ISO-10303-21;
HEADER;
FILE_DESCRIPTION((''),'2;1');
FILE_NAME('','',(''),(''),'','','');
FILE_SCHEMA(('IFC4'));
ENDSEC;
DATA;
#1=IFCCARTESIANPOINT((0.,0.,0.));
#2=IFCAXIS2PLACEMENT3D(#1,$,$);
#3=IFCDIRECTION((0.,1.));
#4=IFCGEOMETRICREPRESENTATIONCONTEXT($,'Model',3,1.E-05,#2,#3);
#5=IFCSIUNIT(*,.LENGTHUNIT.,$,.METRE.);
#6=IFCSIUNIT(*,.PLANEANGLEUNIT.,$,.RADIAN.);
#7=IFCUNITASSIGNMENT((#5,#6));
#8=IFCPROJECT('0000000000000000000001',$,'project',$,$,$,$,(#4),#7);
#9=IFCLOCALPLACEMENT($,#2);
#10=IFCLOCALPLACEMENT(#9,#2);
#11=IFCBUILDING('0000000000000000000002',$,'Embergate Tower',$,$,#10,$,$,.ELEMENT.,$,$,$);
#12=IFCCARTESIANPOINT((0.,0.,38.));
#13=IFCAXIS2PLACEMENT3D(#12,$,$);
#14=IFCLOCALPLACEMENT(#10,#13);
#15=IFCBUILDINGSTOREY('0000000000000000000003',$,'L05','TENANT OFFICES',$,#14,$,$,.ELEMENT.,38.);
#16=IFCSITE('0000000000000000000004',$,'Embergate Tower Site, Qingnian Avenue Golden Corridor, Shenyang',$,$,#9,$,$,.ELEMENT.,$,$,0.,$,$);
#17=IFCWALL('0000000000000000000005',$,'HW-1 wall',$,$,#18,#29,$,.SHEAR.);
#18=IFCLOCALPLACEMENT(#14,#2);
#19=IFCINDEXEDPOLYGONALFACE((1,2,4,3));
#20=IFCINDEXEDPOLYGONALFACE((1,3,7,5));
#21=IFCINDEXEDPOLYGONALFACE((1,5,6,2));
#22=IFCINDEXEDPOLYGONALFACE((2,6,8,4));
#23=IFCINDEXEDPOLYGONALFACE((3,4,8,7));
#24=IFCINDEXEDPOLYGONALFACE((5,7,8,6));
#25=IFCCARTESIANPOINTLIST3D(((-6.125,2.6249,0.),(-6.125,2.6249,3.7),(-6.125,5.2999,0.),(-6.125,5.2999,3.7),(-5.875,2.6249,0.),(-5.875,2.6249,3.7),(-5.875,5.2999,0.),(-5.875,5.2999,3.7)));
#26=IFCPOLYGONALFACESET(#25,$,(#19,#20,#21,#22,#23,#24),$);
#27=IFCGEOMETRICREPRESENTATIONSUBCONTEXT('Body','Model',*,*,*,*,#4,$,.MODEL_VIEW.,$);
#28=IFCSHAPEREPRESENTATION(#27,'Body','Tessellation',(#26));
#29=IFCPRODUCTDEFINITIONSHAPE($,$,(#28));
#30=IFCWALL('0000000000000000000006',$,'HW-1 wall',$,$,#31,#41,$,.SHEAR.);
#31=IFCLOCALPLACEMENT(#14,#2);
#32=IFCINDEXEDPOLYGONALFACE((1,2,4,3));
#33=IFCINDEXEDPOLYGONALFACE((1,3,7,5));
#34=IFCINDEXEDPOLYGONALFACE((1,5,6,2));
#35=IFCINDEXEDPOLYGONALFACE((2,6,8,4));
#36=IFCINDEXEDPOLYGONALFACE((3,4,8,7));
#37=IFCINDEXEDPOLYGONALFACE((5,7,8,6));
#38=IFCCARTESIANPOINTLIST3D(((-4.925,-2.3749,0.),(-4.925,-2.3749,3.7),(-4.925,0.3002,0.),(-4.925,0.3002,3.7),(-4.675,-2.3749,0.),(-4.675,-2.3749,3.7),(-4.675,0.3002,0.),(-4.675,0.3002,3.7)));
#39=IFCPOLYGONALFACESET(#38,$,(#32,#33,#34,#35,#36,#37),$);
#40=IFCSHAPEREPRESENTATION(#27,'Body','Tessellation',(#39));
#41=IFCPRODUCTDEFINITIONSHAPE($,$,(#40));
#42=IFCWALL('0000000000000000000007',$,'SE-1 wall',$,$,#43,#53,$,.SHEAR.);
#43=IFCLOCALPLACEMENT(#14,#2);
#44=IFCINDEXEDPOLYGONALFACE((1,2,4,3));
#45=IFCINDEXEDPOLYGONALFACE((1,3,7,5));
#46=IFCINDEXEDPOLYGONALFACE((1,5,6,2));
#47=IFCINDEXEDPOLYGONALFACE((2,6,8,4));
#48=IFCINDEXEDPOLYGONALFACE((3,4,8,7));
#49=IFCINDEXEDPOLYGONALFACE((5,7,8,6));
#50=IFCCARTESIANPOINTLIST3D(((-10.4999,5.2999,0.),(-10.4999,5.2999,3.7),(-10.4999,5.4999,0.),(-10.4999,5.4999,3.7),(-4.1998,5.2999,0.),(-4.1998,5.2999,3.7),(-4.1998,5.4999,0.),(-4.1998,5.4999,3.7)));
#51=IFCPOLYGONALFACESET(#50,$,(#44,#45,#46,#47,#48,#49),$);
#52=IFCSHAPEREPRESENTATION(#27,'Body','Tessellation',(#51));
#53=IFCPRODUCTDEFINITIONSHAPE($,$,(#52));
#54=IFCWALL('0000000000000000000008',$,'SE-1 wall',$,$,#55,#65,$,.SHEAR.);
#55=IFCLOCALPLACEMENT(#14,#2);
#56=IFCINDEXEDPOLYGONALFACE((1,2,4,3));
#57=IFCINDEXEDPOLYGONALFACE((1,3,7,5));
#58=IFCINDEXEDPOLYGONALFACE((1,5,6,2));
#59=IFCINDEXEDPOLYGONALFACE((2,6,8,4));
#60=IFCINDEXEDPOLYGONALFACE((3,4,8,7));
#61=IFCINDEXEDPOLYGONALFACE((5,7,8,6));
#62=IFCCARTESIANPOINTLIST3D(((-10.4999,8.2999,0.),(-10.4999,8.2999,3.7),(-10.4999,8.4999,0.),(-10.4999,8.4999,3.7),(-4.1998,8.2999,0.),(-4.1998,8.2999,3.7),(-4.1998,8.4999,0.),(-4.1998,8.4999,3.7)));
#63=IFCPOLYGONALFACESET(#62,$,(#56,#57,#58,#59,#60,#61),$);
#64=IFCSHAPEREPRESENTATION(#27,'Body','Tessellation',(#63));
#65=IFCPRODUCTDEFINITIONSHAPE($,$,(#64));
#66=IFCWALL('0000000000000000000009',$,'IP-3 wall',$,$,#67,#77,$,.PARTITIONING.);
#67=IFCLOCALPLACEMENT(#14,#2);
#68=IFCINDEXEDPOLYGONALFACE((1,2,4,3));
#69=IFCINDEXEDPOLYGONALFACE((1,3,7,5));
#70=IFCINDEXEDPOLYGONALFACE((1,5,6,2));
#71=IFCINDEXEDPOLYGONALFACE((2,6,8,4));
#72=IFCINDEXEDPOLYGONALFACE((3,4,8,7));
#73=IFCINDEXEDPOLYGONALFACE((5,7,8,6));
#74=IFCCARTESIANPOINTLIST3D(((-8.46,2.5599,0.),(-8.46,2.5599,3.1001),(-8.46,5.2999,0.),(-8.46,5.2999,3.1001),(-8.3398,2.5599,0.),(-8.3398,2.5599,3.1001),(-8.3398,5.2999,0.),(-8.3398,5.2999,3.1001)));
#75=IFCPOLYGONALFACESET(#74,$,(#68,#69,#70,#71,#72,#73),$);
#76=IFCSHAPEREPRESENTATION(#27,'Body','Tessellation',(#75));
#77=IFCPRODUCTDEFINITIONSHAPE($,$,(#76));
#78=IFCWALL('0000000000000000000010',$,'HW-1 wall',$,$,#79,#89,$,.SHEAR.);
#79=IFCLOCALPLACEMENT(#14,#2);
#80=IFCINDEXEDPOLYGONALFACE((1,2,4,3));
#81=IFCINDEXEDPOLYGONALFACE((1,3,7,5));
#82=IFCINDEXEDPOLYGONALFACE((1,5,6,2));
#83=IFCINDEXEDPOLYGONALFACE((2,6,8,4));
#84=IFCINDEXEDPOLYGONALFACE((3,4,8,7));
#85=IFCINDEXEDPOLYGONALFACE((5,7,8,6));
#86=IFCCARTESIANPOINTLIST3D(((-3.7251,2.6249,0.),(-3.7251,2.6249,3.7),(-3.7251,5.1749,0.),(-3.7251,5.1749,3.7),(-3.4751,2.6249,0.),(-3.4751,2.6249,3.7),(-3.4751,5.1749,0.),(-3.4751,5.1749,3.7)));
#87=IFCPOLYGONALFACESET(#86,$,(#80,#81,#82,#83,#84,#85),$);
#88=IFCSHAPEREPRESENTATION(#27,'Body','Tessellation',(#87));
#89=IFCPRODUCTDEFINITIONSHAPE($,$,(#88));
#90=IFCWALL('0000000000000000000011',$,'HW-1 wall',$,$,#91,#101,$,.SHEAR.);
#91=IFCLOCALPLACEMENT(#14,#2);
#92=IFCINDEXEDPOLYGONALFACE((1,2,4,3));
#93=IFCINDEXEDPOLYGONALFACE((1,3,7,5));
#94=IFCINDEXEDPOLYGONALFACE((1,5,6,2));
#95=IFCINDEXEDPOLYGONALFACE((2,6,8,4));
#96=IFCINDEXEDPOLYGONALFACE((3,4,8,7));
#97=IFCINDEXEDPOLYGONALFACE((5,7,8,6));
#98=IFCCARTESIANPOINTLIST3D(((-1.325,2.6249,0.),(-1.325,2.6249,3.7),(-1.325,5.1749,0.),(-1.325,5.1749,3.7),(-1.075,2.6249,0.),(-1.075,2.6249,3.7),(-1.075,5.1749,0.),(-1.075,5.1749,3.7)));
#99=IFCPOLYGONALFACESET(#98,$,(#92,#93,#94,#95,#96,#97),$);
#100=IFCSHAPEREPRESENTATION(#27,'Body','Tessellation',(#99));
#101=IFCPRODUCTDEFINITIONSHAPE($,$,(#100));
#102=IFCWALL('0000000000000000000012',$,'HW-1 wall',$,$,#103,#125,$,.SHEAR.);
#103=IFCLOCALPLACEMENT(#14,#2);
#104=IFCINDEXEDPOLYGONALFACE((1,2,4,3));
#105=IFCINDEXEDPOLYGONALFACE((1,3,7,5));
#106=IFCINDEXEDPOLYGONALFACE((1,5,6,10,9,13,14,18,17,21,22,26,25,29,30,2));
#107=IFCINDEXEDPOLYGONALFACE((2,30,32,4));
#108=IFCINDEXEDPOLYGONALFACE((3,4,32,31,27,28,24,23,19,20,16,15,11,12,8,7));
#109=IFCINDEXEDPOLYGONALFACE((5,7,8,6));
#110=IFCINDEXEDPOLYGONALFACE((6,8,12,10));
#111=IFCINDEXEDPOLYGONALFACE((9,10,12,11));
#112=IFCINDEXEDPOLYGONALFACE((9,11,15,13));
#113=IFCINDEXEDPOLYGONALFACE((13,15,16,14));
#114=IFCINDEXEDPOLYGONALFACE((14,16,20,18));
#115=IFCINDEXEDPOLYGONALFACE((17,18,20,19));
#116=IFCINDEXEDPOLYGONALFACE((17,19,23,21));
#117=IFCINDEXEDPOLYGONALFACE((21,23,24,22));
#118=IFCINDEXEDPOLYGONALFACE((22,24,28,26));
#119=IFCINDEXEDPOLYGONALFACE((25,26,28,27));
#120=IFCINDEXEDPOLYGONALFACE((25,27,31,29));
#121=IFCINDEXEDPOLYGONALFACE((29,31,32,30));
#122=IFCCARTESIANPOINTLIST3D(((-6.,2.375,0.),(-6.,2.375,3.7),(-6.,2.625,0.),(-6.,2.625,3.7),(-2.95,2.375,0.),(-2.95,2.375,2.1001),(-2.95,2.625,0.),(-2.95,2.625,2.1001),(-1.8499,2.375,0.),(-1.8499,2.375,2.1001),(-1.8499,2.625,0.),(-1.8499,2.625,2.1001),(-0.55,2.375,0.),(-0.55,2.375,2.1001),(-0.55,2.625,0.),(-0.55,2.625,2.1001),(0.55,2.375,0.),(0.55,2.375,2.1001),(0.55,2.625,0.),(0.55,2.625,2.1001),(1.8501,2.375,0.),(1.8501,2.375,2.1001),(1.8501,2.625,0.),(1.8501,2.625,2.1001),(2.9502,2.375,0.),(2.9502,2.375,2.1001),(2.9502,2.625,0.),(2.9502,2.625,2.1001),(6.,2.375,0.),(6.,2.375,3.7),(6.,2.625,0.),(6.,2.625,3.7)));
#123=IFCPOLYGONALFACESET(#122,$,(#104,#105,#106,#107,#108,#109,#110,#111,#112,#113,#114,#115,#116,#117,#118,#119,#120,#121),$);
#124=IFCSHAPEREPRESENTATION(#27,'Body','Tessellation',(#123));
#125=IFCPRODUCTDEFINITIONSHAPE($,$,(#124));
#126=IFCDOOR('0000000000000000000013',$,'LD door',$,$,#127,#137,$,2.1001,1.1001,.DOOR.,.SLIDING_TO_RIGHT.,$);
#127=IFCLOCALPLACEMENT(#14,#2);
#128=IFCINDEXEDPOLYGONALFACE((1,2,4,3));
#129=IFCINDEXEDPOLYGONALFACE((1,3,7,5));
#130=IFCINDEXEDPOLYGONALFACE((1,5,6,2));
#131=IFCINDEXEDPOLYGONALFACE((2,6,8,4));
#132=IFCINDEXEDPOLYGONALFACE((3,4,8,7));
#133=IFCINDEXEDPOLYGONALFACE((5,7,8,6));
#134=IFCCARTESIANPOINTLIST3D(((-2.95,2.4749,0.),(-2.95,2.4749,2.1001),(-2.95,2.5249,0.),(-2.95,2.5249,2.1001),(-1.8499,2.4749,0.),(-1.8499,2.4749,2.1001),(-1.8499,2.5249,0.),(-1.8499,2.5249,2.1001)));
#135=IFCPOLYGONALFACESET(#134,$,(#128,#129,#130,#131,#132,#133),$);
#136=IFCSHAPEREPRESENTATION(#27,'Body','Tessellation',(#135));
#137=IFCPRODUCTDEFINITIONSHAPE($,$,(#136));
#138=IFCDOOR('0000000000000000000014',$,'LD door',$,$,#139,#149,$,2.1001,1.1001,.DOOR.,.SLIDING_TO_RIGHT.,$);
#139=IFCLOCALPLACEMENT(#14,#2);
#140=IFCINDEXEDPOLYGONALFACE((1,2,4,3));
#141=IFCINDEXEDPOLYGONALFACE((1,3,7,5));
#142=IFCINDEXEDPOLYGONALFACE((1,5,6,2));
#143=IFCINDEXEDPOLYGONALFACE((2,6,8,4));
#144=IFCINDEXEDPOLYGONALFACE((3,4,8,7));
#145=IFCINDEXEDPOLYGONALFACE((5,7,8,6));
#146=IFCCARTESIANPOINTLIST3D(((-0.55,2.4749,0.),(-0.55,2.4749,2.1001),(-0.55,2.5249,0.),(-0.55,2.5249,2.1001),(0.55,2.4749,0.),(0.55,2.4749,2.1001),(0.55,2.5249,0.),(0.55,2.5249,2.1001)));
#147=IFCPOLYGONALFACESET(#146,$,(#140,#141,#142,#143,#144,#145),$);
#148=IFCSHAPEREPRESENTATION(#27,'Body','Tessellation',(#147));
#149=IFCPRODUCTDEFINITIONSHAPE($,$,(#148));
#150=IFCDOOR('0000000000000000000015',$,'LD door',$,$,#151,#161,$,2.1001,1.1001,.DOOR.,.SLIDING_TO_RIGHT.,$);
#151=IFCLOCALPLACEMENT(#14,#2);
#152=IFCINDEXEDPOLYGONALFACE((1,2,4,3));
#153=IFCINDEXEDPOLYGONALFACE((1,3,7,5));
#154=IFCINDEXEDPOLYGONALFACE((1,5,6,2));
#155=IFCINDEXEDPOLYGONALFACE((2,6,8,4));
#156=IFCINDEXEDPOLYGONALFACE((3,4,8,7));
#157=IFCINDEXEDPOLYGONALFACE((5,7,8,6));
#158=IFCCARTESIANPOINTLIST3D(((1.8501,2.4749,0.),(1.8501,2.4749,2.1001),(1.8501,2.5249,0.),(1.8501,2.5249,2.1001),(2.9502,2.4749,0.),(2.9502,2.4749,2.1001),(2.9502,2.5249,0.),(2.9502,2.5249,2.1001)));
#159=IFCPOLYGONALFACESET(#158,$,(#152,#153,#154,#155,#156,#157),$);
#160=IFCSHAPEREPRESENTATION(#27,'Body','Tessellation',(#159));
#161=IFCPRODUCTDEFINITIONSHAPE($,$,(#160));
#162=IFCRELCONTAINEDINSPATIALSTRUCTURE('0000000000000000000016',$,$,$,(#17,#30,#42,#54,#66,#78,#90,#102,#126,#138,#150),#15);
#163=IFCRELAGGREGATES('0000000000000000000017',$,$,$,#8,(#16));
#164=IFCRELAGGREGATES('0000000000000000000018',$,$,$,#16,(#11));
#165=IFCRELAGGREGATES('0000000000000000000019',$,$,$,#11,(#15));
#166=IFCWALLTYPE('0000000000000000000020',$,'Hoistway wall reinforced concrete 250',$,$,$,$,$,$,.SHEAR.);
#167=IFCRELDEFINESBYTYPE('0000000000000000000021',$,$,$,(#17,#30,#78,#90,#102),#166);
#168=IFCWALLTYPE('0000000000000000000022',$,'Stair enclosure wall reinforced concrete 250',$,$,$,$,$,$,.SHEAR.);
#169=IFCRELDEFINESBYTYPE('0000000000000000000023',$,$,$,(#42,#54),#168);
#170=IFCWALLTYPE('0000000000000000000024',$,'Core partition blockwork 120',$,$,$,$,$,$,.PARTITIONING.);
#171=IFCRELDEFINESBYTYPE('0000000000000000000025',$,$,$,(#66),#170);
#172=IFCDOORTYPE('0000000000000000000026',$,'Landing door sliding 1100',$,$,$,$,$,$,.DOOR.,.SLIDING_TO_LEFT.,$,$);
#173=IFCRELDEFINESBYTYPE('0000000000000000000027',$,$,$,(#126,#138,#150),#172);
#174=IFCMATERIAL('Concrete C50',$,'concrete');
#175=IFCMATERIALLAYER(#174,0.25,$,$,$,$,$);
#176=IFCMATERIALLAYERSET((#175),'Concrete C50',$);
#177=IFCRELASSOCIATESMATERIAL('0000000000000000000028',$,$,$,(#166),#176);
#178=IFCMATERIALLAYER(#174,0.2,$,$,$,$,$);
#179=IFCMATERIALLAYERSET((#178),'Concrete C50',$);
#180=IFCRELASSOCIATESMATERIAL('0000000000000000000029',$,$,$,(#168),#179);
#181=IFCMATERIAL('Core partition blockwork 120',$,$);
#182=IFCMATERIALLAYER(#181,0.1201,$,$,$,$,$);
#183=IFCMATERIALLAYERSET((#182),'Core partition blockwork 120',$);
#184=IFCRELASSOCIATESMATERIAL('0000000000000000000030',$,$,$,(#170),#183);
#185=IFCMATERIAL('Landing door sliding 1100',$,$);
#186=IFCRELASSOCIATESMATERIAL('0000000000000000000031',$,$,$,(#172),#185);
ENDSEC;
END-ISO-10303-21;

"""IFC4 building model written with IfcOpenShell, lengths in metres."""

from ifc_helpers import new_model, si_unit, direction, frame, frame_2d, origin, place, context, subcontext, project, spatial, rectangle, extrude, source, transform, mapped, material, layer, layer_set, type_object, element, fill, save


model = new_model("IFC4")

# Units and contexts
model_context = context("Model", 3, precision=1e-05, world=origin(), true_north=direction((0.0, 1.0)))
body_context = subcontext(model_context, "Body", "Model", "MODEL_VIEW")
ifc_project = project(units=[si_unit("LENGTHUNIT", "METRE"), si_unit("PLANEANGLEUNIT", "RADIAN")], contexts=[model_context])

# Site, building, storey
site_placement = place(None, origin())
site = spatial("IfcSite", under=ifc_project, at=site_placement, Name="Embergate Tower Site, Qingnian Avenue Golden Corridor, Shenyang", CompositionType="ELEMENT", RefElevation=0.0)
building_placement = place(site_placement, origin())
building = spatial("IfcBuilding", under=site, at=building_placement, Name="Embergate Tower", CompositionType="ELEMENT")
storey_placement = place(building_placement, frame((0.0, 0.0, 38.0)))
storey = spatial("IfcBuildingStorey", under=building, at=storey_placement, Name="L05", Description="TENANT OFFICES", CompositionType="ELEMENT", Elevation=38.0)

# Walls
ifc_material_1 = material(Name="Concrete C50", Category="concrete")
ifc_layer_1 = layer(ifc_material_1, 0.25)
ifc_layer_set_1 = layer_set([ifc_layer_1], Name="Concrete C50")
wall_type_1 = type_object("IfcWallType", Name="Hoistway wall reinforced concrete 250", PredefinedType="SHEAR", material=ifc_layer_set_1)
shared_shape_1 = source(origin(), body_context, "Body", "SweptSolid", [
    extrude(rectangle(XDim=2.675, YDim=0.25, at=frame_2d((1.3374, 0.0))), origin(), (0.0, 0.0, 1.0), 3.7),
])
for number, where, z_axis, x_axis, name in (
    (1, (-6.0, 2.625, 0.0), (0.0, 0.0, 1.0), (0.0, 1.0, 0.0), "HW-1 wall"),
    (2, (-4.8, 0.3, 0.0), (0.0, 0.0, 1.0), (0.0, -1.0, 0.0), "HW-1 wall"),
):
    element("IfcWall", number, at=place(storey_placement, frame(where, z_axis=z_axis, x_axis=x_axis)), inside=storey, type_object=wall_type_1, Name=name, PredefinedType="SHEAR", context=body_context, shape_type="MappedRepresentation", body=[
        mapped(shared_shape_1, transform((0.0, 0.0, 0.0))),
    ])
ifc_layer_2 = layer(ifc_material_1, 0.2)
ifc_layer_set_2 = layer_set([ifc_layer_2], Name="Concrete C50")
wall_type_2 = type_object("IfcWallType", Name="Stair enclosure wall reinforced concrete 250", PredefinedType="SHEAR", material=ifc_layer_set_2)
shared_shape_2 = source(origin(), body_context, "Body", "SweptSolid", [
    extrude(rectangle(XDim=6.3, YDim=0.2, at=frame_2d((3.1499, 0.0))), origin(), (0.0, 0.0, 1.0), 3.7),
])
for number, where, z_axis, x_axis, name in (
    (3, (-4.2, 5.3999, 0.0), (0.0, 0.0, 1.0), (-1.0, 0.0, 0.0), "SE-1 wall"),
    (4, (-4.2, 8.3999, 0.0), (0.0, 0.0, 1.0), (-1.0, 0.0, 0.0), "SE-1 wall"),
):
    element("IfcWall", number, at=place(storey_placement, frame(where, z_axis=z_axis, x_axis=x_axis)), inside=storey, type_object=wall_type_2, Name=name, PredefinedType="SHEAR", context=body_context, shape_type="MappedRepresentation", body=[
        mapped(shared_shape_2, transform((0.0, 0.0, 0.0))),
    ])
ifc_material_2 = material(Name="Core partition blockwork 120")
ifc_layer_3 = layer(ifc_material_2, 0.1201)
ifc_layer_set_3 = layer_set([ifc_layer_3], Name="Core partition blockwork 120")
wall_type_3 = type_object("IfcWallType", Name="Core partition blockwork 120", PredefinedType="PARTITIONING", material=ifc_layer_set_3)
shared_shape_3 = source(origin(), body_context, "Body", "SweptSolid", [
    extrude(rectangle(XDim=2.74, YDim=0.1201, at=frame_2d((1.3701, 0.0))), origin(), (0.0, 0.0, 1.0), 3.1001),
])
wall_1_placement = place(storey_placement, frame((-8.3999, 5.3, 0.0), z_axis=(0.0, 0.0, 1.0), x_axis=(0.0, -1.0, 0.0)))
element("IfcWall", 5, at=wall_1_placement, inside=storey, type_object=wall_type_3, Name="IP-3 wall", PredefinedType="PARTITIONING", context=body_context, shape_type="MappedRepresentation", body=[
    mapped(shared_shape_3, transform((0.0, 0.0, 0.0))),
])
shared_shape_4 = source(origin(), body_context, "Body", "SweptSolid", [
    extrude(rectangle(XDim=2.55, YDim=0.25, at=frame_2d((1.2749, 0.0))), origin(), (0.0, 0.0, 1.0), 3.7),
])
for number, where, z_axis, x_axis, name in (
    (6, (-3.6001, 2.625, 0.0), (0.0, 0.0, 1.0), (0.0, 1.0, 0.0), "HW-1 wall"),
    (7, (-1.2, 2.625, 0.0), (0.0, 0.0, 1.0), (0.0, 1.0, 0.0), "HW-1 wall"),
):
    element("IfcWall", number, at=place(storey_placement, frame(where, z_axis=z_axis, x_axis=x_axis)), inside=storey, type_object=wall_type_1, Name=name, PredefinedType="SHEAR", context=body_context, shape_type="MappedRepresentation", body=[
        mapped(shared_shape_4, transform((0.0, 0.0, 0.0))),
    ])

# Wall, openings, doors
shared_shape_5 = source(origin(), body_context, "Body", "SweptSolid", [
    extrude(rectangle(XDim=12.0, YDim=0.25, at=frame_2d((6.0, 0.0))), origin(), (0.0, 0.0, 1.0), 3.7),
])
wall_2_placement = place(storey_placement, frame((-6.0, 2.5, 0.0), z_axis=(0.0, 0.0, 1.0), x_axis=(1.0, 0.0, 0.0)))
wall_2 = element("IfcWall", 8, at=wall_2_placement, inside=storey, type_object=wall_type_1, Name="HW-1 wall", PredefinedType="SHEAR", context=body_context, shape_type="MappedRepresentation", body=[
    mapped(shared_shape_5, transform((0.0, 0.0, 0.0))),
])
shared_shape_6 = source(origin(), body_context, "Body", "SweptSolid", [
    extrude(rectangle(XDim=1.1001, YDim=2.1001, at=frame_2d((0.55, 1.05))), frame((0.0, 0.135, 0.0), z_axis=(0.0, -1.0, 0.0), x_axis=(1.0, 0.0, 0.0)), (0.0, 0.0, 1.0), 0.27),
])
opening_1_placement = place(wall_2_placement, frame((3.05, 0.0, 0.0)))
opening_1 = element("IfcOpeningElement", 9, at=opening_1_placement, cuts=wall_2, PredefinedType="OPENING", context=body_context, shape_type="MappedRepresentation", body=[
    mapped(shared_shape_6, transform((0.0, 0.0, 0.0))),
])
opening_2_placement = place(wall_2_placement, frame((5.45, 0.0, 0.0)))
opening_2 = element("IfcOpeningElement", 10, at=opening_2_placement, cuts=wall_2, PredefinedType="OPENING", context=body_context, shape_type="MappedRepresentation", body=[
    mapped(shared_shape_6, transform((0.0, 0.0, 0.0))),
])
opening_3_placement = place(wall_2_placement, frame((7.8501, 0.0, 0.0)))
opening_3 = element("IfcOpeningElement", 11, at=opening_3_placement, cuts=wall_2, PredefinedType="OPENING", context=body_context, shape_type="MappedRepresentation", body=[
    mapped(shared_shape_6, transform((0.0, 0.0, 0.0))),
])
ifc_material_3 = material(Name="Landing door sliding 1100")
door_type_1 = type_object("IfcDoorType", Name="Landing door sliding 1100", OperationType="SLIDING_TO_LEFT", PredefinedType="DOOR", material=ifc_material_3)
shared_shape_7 = source(origin(), body_context, "Body", "SweptSolid", [
    extrude(rectangle(XDim=1.1001, YDim=2.1001, at=frame_2d((0.55, 1.05))), frame((0.0, 0.0249, 0.0), z_axis=(0.0, -1.0, 0.0), x_axis=(1.0, 0.0, 0.0)), (0.0, 0.0, 1.0), 0.05),
])
door_1_placement = place(opening_1_placement, origin())
door_1 = element("IfcDoor", 12, at=door_1_placement, inside=storey, type_object=door_type_1, Name="LD door", OperationType="SLIDING_TO_RIGHT", OverallHeight=2.1001, OverallWidth=1.1001, PredefinedType="DOOR", context=body_context, shape_type="MappedRepresentation", body=[
    mapped(shared_shape_7, transform((0.0, 0.0, 0.0))),
])
fill(opening_1, door_1)
door_2_placement = place(opening_2_placement, origin())
door_2 = element("IfcDoor", 13, at=door_2_placement, inside=storey, type_object=door_type_1, Name="LD door", OperationType="SLIDING_TO_RIGHT", OverallHeight=2.1001, OverallWidth=1.1001, PredefinedType="DOOR", context=body_context, shape_type="MappedRepresentation", body=[
    mapped(shared_shape_7, transform((0.0, 0.0, 0.0))),
])
fill(opening_2, door_2)
door_3_placement = place(opening_3_placement, origin())
door_3 = element("IfcDoor", 14, at=door_3_placement, inside=storey, type_object=door_type_1, Name="LD door", OperationType="SLIDING_TO_RIGHT", OverallHeight=2.1001, OverallWidth=1.1001, PredefinedType="DOOR", context=body_context, shape_type="MappedRepresentation", body=[
    mapped(shared_shape_7, transform((0.0, 0.0, 0.0))),
])
fill(opening_3, door_3)

save(model, "model.ifc")
